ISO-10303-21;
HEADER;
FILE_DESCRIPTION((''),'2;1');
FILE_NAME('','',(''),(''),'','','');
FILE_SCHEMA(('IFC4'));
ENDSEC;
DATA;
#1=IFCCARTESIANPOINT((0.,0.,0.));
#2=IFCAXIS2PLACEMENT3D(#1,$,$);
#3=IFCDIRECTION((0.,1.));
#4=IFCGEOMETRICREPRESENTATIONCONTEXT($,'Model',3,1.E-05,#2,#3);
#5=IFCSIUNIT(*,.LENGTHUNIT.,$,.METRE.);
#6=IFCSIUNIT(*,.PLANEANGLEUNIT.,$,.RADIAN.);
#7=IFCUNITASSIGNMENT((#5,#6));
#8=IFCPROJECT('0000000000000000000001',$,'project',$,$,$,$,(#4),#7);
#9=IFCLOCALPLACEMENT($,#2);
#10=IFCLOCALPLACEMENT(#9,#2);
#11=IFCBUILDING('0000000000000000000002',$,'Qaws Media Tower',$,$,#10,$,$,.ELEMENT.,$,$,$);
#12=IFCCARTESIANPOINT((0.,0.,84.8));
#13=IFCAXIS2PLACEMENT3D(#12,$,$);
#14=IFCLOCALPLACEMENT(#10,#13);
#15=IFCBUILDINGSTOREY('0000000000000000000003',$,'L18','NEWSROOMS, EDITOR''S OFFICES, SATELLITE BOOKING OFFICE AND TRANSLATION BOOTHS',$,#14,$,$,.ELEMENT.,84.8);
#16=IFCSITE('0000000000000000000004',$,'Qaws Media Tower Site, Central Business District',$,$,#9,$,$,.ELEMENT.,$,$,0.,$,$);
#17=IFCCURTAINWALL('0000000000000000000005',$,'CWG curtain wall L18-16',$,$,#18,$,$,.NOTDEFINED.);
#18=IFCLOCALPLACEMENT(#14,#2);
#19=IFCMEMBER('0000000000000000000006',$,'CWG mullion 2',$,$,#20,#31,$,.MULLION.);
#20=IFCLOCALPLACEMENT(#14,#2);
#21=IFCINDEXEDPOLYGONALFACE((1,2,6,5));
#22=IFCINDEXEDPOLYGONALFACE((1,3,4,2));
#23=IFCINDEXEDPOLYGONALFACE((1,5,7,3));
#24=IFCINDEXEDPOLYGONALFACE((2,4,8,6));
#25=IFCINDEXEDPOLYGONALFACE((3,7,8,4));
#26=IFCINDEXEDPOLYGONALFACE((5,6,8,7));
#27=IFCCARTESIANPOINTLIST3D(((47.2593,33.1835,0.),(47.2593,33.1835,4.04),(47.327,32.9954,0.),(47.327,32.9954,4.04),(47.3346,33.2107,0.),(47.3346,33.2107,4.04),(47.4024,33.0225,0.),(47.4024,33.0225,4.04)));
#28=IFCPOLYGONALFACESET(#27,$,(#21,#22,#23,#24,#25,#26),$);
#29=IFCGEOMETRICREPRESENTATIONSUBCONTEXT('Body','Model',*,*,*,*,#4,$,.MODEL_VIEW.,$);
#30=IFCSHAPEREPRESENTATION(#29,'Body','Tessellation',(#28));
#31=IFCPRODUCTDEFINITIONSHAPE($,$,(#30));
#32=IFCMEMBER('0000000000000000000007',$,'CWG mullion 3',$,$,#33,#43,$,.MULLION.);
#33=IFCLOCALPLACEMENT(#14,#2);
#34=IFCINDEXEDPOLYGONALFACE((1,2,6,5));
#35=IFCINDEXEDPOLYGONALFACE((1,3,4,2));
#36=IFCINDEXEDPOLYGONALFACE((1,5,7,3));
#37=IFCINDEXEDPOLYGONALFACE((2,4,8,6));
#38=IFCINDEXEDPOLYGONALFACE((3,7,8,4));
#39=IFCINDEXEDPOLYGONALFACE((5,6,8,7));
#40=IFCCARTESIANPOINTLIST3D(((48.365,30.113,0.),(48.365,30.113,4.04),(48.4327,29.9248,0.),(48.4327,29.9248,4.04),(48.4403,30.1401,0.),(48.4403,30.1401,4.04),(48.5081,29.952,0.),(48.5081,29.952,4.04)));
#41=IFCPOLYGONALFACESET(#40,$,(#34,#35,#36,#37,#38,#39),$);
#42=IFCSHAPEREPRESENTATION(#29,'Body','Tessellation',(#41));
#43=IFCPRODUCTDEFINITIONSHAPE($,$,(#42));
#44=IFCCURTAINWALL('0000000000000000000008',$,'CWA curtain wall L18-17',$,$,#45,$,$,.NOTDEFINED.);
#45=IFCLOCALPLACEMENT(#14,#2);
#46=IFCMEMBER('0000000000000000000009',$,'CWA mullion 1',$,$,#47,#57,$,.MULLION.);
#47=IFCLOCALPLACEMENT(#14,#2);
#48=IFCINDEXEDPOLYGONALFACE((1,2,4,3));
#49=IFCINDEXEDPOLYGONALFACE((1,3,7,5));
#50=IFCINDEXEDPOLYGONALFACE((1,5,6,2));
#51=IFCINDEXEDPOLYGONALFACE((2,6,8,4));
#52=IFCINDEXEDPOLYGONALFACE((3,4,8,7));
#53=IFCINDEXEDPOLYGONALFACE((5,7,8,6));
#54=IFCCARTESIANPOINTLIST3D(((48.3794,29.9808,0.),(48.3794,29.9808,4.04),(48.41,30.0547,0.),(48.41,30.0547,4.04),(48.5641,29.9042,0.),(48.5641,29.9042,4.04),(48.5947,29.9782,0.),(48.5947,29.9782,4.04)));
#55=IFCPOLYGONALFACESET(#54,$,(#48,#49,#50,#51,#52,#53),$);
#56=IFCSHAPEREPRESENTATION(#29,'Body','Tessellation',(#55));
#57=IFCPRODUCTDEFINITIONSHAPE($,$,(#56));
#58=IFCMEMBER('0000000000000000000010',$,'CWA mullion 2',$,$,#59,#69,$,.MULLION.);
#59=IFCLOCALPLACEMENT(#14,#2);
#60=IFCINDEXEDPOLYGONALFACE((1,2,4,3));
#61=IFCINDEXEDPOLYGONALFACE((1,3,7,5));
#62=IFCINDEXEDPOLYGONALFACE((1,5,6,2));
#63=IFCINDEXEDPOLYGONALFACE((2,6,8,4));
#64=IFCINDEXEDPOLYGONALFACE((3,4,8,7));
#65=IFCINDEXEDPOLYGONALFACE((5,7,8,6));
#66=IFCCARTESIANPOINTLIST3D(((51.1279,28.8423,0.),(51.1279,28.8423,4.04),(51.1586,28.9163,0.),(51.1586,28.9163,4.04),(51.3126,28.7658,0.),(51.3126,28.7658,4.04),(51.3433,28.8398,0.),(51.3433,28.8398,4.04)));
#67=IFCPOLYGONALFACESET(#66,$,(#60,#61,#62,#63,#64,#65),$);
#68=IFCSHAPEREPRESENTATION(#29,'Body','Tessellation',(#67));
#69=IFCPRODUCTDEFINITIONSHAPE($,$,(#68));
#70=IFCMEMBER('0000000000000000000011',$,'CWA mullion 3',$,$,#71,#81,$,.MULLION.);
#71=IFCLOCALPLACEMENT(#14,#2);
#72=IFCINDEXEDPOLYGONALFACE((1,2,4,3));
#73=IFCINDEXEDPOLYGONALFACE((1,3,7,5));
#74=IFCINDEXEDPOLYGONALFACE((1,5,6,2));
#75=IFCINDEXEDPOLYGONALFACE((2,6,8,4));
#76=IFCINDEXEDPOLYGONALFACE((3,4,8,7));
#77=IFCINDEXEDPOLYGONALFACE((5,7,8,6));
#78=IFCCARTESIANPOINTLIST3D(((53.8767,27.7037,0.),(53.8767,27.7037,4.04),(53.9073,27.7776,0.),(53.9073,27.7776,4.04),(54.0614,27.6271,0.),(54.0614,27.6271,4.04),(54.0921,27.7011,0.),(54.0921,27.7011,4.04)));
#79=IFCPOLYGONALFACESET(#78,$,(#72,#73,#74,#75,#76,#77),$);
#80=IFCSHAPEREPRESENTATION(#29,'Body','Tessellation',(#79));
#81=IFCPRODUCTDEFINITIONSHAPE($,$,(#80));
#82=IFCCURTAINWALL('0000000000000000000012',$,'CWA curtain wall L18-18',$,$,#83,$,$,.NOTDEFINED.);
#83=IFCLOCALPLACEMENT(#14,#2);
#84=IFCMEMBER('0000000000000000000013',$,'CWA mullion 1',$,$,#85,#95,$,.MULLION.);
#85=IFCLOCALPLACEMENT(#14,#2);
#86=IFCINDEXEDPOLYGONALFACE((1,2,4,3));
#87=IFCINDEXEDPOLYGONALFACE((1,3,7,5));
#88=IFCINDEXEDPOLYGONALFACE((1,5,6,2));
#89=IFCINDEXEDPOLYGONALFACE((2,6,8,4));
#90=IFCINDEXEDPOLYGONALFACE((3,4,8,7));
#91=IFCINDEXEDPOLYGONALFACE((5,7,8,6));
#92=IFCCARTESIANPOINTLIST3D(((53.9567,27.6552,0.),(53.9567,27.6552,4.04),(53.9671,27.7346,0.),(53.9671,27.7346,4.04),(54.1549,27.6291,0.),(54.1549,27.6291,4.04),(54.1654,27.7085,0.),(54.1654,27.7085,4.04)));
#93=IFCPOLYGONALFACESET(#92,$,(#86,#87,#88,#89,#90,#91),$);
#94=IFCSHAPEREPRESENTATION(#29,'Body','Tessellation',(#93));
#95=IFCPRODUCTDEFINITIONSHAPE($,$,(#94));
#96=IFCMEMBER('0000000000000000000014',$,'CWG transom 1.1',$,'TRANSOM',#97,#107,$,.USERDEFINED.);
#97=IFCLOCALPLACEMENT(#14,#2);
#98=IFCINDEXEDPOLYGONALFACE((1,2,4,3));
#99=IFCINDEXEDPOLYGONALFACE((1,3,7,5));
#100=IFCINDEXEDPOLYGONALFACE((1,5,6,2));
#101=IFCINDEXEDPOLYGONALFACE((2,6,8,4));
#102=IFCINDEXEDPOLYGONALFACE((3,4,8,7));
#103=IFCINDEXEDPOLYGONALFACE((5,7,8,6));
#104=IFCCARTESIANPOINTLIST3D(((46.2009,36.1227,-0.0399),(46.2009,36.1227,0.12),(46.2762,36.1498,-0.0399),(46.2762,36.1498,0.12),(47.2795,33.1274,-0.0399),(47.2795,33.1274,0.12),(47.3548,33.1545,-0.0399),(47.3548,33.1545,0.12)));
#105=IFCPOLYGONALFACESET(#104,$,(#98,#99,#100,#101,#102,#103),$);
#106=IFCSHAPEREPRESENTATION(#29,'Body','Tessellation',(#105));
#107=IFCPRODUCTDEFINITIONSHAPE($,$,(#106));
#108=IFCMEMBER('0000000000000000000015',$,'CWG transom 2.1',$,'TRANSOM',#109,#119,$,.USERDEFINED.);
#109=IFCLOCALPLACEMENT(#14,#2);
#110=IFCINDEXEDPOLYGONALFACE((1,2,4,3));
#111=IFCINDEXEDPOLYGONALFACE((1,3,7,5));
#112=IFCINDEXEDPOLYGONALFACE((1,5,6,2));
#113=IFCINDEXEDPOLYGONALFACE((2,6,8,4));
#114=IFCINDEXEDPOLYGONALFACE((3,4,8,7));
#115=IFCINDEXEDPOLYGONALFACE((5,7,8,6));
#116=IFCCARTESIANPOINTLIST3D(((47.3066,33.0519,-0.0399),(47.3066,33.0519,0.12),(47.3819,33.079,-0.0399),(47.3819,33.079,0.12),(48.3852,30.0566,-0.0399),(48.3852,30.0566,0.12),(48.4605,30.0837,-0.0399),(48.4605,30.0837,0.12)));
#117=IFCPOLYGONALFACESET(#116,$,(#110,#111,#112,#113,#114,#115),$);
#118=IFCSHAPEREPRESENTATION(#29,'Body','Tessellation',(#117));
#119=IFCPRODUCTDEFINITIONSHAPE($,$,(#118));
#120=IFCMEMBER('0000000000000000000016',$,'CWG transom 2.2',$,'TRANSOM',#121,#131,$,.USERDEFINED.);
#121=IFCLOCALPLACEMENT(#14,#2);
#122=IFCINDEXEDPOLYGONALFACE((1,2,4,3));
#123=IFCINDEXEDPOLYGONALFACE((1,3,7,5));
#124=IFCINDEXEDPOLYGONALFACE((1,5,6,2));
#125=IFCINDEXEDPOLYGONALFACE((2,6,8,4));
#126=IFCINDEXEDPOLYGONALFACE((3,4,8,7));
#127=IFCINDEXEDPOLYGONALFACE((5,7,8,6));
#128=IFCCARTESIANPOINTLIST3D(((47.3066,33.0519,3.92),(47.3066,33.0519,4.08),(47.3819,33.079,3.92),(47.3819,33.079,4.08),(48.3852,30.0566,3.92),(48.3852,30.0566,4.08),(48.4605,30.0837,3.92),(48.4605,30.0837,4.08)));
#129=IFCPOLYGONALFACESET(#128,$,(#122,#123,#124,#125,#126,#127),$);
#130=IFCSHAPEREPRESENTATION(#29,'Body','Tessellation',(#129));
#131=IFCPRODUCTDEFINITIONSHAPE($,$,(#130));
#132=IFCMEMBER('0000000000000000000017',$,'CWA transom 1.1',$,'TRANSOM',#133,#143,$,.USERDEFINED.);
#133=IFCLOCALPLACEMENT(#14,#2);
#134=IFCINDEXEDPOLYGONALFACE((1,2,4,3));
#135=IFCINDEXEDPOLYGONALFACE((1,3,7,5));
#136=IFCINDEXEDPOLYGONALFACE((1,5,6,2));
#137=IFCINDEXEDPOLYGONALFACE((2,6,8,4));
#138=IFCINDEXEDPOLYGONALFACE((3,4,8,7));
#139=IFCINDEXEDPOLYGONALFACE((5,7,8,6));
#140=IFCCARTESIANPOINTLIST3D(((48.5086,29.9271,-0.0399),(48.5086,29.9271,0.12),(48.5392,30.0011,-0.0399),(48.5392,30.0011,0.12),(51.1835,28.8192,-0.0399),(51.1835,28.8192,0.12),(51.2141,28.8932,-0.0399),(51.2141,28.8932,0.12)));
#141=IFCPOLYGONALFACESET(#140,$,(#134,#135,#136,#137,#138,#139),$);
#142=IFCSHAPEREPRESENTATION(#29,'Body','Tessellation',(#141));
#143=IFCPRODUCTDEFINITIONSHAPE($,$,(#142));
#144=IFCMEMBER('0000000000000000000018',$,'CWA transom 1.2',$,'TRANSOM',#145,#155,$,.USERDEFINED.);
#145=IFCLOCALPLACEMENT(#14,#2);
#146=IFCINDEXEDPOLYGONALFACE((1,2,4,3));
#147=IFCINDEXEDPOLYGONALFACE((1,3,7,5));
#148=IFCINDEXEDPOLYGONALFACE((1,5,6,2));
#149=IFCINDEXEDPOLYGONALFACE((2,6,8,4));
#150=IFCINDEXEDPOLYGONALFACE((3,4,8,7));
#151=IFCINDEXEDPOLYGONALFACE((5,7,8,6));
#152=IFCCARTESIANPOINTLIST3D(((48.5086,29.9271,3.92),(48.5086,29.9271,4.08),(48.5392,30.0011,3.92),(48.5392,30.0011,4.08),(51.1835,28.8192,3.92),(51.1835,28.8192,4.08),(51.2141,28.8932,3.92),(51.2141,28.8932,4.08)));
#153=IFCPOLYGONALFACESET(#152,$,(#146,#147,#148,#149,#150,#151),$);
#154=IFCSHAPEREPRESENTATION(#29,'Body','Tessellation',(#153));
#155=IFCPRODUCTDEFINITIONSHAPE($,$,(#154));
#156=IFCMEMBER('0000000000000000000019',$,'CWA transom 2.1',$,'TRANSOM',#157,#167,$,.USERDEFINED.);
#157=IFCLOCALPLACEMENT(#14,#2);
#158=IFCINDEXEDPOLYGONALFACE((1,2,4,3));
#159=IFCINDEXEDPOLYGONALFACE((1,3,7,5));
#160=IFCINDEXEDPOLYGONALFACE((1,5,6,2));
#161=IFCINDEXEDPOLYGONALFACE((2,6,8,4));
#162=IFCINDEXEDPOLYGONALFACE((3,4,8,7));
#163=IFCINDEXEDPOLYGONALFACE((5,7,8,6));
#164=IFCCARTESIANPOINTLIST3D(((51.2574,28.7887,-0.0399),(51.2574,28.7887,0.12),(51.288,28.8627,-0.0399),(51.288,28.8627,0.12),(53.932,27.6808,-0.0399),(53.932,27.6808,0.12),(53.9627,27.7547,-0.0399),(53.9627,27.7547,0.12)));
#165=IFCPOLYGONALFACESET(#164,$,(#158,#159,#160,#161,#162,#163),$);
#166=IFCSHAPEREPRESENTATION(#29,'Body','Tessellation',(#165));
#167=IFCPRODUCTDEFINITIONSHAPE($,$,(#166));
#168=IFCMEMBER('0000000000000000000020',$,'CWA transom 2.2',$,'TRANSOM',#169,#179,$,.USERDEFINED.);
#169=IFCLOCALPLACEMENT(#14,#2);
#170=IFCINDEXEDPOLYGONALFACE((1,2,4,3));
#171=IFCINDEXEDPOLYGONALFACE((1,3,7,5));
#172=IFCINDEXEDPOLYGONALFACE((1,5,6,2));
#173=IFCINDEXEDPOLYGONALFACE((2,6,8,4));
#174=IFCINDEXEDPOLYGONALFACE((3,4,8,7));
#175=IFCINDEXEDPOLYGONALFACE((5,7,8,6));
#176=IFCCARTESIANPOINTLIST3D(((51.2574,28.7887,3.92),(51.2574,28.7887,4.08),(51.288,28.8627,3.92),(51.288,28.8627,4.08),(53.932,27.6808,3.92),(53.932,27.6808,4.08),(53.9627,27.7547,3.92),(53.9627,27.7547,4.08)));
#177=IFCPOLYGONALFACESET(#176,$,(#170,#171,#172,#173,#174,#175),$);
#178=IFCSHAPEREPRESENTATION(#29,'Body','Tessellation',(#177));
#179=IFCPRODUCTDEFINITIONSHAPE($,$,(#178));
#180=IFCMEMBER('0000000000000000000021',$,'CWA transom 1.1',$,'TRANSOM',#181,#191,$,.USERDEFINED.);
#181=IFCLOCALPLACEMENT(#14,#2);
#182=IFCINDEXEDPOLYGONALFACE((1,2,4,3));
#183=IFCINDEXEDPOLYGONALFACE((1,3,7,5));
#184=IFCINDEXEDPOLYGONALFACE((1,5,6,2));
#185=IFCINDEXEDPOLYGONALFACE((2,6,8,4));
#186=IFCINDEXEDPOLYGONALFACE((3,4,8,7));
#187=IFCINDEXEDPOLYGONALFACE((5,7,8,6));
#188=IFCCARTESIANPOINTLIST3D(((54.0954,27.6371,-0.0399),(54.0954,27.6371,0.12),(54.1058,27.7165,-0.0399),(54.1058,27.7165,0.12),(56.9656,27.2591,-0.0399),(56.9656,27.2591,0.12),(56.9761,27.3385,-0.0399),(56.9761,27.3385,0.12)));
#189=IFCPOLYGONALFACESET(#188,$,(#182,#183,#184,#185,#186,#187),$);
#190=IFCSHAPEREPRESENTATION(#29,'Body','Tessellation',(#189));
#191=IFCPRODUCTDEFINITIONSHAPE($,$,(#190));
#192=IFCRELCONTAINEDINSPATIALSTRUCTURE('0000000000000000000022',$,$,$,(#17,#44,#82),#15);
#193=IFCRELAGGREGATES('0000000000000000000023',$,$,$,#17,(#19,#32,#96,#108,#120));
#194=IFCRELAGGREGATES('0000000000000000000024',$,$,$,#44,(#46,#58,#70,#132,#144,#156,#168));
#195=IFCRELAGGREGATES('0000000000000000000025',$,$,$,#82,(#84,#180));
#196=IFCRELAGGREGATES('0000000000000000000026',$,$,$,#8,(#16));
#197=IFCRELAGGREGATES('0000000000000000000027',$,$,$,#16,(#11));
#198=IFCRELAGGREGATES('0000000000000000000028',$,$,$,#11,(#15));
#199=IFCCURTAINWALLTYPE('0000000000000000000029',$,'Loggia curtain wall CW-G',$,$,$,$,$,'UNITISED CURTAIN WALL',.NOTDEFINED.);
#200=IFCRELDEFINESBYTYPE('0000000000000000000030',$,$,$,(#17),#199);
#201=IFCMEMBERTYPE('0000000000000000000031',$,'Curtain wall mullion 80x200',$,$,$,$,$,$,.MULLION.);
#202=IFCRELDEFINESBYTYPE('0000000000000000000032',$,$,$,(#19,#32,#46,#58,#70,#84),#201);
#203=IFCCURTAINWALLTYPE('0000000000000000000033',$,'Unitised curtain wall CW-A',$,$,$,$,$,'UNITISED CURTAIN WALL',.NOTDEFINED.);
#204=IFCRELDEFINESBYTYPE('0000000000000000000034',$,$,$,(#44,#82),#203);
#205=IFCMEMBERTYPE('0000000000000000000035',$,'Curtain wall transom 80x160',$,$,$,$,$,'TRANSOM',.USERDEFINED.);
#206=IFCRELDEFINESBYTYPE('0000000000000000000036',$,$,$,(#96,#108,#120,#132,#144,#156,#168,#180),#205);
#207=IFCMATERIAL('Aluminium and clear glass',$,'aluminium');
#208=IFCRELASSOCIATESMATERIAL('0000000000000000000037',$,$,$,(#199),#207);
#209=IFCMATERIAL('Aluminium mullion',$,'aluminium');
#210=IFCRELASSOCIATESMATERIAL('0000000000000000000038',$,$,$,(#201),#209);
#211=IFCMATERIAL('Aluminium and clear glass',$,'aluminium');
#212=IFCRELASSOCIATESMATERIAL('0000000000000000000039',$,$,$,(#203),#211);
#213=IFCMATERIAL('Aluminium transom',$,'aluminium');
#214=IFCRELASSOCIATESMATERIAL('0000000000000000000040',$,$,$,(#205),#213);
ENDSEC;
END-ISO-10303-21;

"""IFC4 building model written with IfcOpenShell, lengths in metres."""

from ifc_helpers import new_model, si_unit, direction, frame, origin, origin_2d, place, context, subcontext, project, spatial, rectangle, extrude, material, material_profile, profile_set, type_object, element, aggregate, save


model = new_model("IFC4")

# Units and contexts
model_context = context("Model", 3, precision=1e-05, world=origin(), true_north=direction((0.0, 1.0)))
body_context = subcontext(model_context, "Body", "Model", "MODEL_VIEW")
ifc_project = project(units=[si_unit("LENGTHUNIT", "METRE"), si_unit("PLANEANGLEUNIT", "RADIAN")], contexts=[model_context])

# Site, building, storey
site_placement = place(None, origin())
site = spatial("IfcSite", under=ifc_project, at=site_placement, Name="Qaws Media Tower Site, Central Business District", CompositionType="ELEMENT", RefElevation=0.0)
building_placement = place(site_placement, origin())
building = spatial("IfcBuilding", under=site, at=building_placement, Name="Qaws Media Tower", CompositionType="ELEMENT")
storey_placement = place(building_placement, frame((0.0, 0.0, 84.8)))
storey = spatial("IfcBuildingStorey", under=building, at=storey_placement, Name="L18", Description="NEWSROOMS, EDITOR'S OFFICES, SATELLITE BOOKING OFFICE AND TRANSLATION BOOTHS", CompositionType="ELEMENT", Elevation=84.8)

# Curtain walls, members
ifc_material_1 = material(Name="Aluminium and clear glass", Category="aluminium")
curtain_wall_type_1 = type_object("IfcCurtainWallType", Name="Loggia curtain wall CW-G", ElementType="UNITISED CURTAIN WALL", PredefinedType="NOTDEFINED", material=ifc_material_1)
curtain_wall_1_placement = place(storey_placement, origin())
curtain_wall_1 = element("IfcCurtainWall", 1, at=curtain_wall_1_placement, inside=storey, type_object=curtain_wall_type_1, Name="CWG curtain wall L18-16", PredefinedType="NOTDEFINED")
ifc_material_2 = material(Name="Aluminium mullion", Category="aluminium")
ifc_material_profile_1 = material_profile(ifc_material_2, rectangle(XDim=0.0801, YDim=0.2, at=origin_2d()), Name="80x200")
ifc_profile_set_1 = profile_set([ifc_material_profile_1], Name="Aluminium mullion")
member_type_1 = type_object("IfcMemberType", Name="Curtain wall mullion 80x200", PredefinedType="MULLION", material=ifc_profile_set_1)
member_1_placement = place(storey_placement, frame((47.3308, 33.103, 0.0), z_axis=(0.0, 0.0, 1.0), x_axis=(0.940858, 0.3388, 0.0)))
member_1 = element("IfcMember", 2, at=member_1_placement, type_object=member_type_1, Name="CWG mullion 2", PredefinedType="MULLION", context=body_context, shape_type="SweptSolid", body=[
    extrude(rectangle(XDim=0.0801, YDim=0.2, at=origin_2d()), origin(), (0.0, 0.0, 1.0), 4.04),
])
member_2_placement = place(storey_placement, frame((48.4365, 30.0325, 0.0), z_axis=(0.0, 0.0, 1.0), x_axis=(0.940858, 0.3388, 0.0)))
member_2 = element("IfcMember", 3, at=member_2_placement, type_object=member_type_1, Name="CWG mullion 3", PredefinedType="MULLION", context=body_context, shape_type="SweptSolid", body=[
    extrude(rectangle(XDim=0.0801, YDim=0.2, at=origin_2d()), origin(), (0.0, 0.0, 1.0), 4.04),
])
ifc_material_3 = material(Name="Aluminium and clear glass", Category="aluminium")
curtain_wall_type_2 = type_object("IfcCurtainWallType", Name="Unitised curtain wall CW-A", ElementType="UNITISED CURTAIN WALL", PredefinedType="NOTDEFINED", material=ifc_material_3)
curtain_wall_2_placement = place(storey_placement, origin())
curtain_wall_2 = element("IfcCurtainWall", 4, at=curtain_wall_2_placement, inside=storey, type_object=curtain_wall_type_2, Name="CWA curtain wall L18-17", PredefinedType="NOTDEFINED")
member_3_placement = place(storey_placement, frame((48.4871, 29.9795, 0.0), z_axis=(0.0, 0.0, 1.0), x_axis=(0.382683, 0.92388, 0.0)))
member_3 = element("IfcMember", 5, at=member_3_placement, type_object=member_type_1, Name="CWA mullion 1", PredefinedType="MULLION", context=body_context, shape_type="SweptSolid", body=[
    extrude(rectangle(XDim=0.0801, YDim=0.2, at=origin_2d()), origin(), (0.0, 0.0, 1.0), 4.04),
])
member_4_placement = place(storey_placement, frame((51.2356, 28.8411, 0.0), z_axis=(0.0, 0.0, 1.0), x_axis=(0.382683, 0.92388, 0.0)))
member_4 = element("IfcMember", 6, at=member_4_placement, type_object=member_type_1, Name="CWA mullion 2", PredefinedType="MULLION", context=body_context, shape_type="SweptSolid", body=[
    extrude(rectangle(XDim=0.0801, YDim=0.2, at=origin_2d()), origin(), (0.0, 0.0, 1.0), 4.04),
])
member_5_placement = place(storey_placement, frame((53.9844, 27.7024, 0.0), z_axis=(0.0, 0.0, 1.0), x_axis=(0.382683, 0.92388, 0.0)))
member_5 = element("IfcMember", 7, at=member_5_placement, type_object=member_type_1, Name="CWA mullion 3", PredefinedType="MULLION", context=body_context, shape_type="SweptSolid", body=[
    extrude(rectangle(XDim=0.0801, YDim=0.2, at=origin_2d()), origin(), (0.0, 0.0, 1.0), 4.04),
])

# Curtain wall, member
curtain_wall_3_placement = place(storey_placement, origin())
curtain_wall_3 = element("IfcCurtainWall", 8, at=curtain_wall_3_placement, inside=storey, type_object=curtain_wall_type_2, Name="CWA curtain wall L18-18", PredefinedType="NOTDEFINED")
member_6_placement = place(storey_placement, frame((54.061, 27.6819, 0.0), z_axis=(0.0, 0.0, 1.0), x_axis=(0.130526, 0.991445, 0.0)))
member_6 = element("IfcMember", 9, at=member_6_placement, type_object=member_type_1, Name="CWA mullion 1", PredefinedType="MULLION", context=body_context, shape_type="SweptSolid", body=[
    extrude(rectangle(XDim=0.0801, YDim=0.2, at=origin_2d()), origin(), (0.0, 0.0, 1.0), 4.04),
])

# Members
ifc_material_4 = material(Name="Aluminium transom", Category="aluminium")
ifc_material_profile_2 = material_profile(ifc_material_4, rectangle(XDim=0.0801, YDim=0.1599, at=origin_2d()), Name="80x160")
ifc_profile_set_2 = profile_set([ifc_material_profile_2], Name="Aluminium transom")
member_type_2 = type_object("IfcMemberType", Name="Curtain wall transom 80x160", ElementType="TRANSOM", PredefinedType="USERDEFINED", material=ifc_profile_set_2)
member_7_placement = place(storey_placement, frame((46.2385, 36.1362, 0.04), z_axis=(0.338798, -0.940859, 0.0), x_axis=(0.940859, 0.338798, 0.0)))
member_7 = element("IfcMember", 10, at=member_7_placement, type_object=member_type_2, Name="CWG transom 1.1", ObjectType="TRANSOM", PredefinedType="USERDEFINED", context=body_context, shape_type="SweptSolid", body=[
    extrude(rectangle(XDim=0.0801, YDim=0.1599, at=origin_2d()), origin(), (0.0, 0.0, 1.0), 3.1836),
])
member_8_placement = place(storey_placement, frame((47.3442, 33.0654, 0.04), z_axis=(0.338798, -0.940859, 0.0), x_axis=(0.940859, 0.338798, 0.0)))
member_8 = element("IfcMember", 11, at=member_8_placement, type_object=member_type_2, Name="CWG transom 2.1", ObjectType="TRANSOM", PredefinedType="USERDEFINED", context=body_context, shape_type="SweptSolid", body=[
    extrude(rectangle(XDim=0.0801, YDim=0.1599, at=origin_2d()), origin(), (0.0, 0.0, 1.0), 3.1836),
])
member_9_placement = place(storey_placement, frame((47.3442, 33.0654, 4.0), z_axis=(0.338798, -0.940859, 0.0), x_axis=(0.940859, 0.338798, 0.0)))
member_9 = element("IfcMember", 12, at=member_9_placement, type_object=member_type_2, Name="CWG transom 2.2", ObjectType="TRANSOM", PredefinedType="USERDEFINED", context=body_context, shape_type="SweptSolid", body=[
    extrude(rectangle(XDim=0.0801, YDim=0.1599, at=origin_2d()), origin(), (0.0, 0.0, 1.0), 3.1836),
])
member_10_placement = place(storey_placement, frame((48.5239, 29.9641, 0.04), z_axis=(0.923883, -0.382675, 0.0), x_axis=(0.382675, 0.923883, 0.0)))
member_10 = element("IfcMember", 13, at=member_10_placement, type_object=member_type_2, Name="CWA transom 1.1", ObjectType="TRANSOM", PredefinedType="USERDEFINED", context=body_context, shape_type="SweptSolid", body=[
    extrude(rectangle(XDim=0.0801, YDim=0.1599, at=origin_2d()), origin(), (0.0, 0.0, 1.0), 2.8953),
])
member_11_placement = place(storey_placement, frame((48.5239, 29.9641, 4.0), z_axis=(0.923883, -0.382675, 0.0), x_axis=(0.382675, 0.923883, 0.0)))
member_11 = element("IfcMember", 14, at=member_11_placement, type_object=member_type_2, Name="CWA transom 1.2", ObjectType="TRANSOM", PredefinedType="USERDEFINED", context=body_context, shape_type="SweptSolid", body=[
    extrude(rectangle(XDim=0.0801, YDim=0.1599, at=origin_2d()), origin(), (0.0, 0.0, 1.0), 2.8953),
])
member_12_placement = place(storey_placement, frame((51.2727, 28.8257, 0.04), z_axis=(0.923871, -0.382704, 0.0), x_axis=(0.382704, 0.923871, 0.0)))
member_12 = element("IfcMember", 15, at=member_12_placement, type_object=member_type_2, Name="CWA transom 2.1", ObjectType="TRANSOM", PredefinedType="USERDEFINED", context=body_context, shape_type="SweptSolid", body=[
    extrude(rectangle(XDim=0.0801, YDim=0.1599, at=origin_2d()), origin(), (0.0, 0.0, 1.0), 2.895),
])
member_13_placement = place(storey_placement, frame((51.2727, 28.8257, 4.0), z_axis=(0.923871, -0.382704, 0.0), x_axis=(0.382704, 0.923871, 0.0)))
member_13 = element("IfcMember", 16, at=member_13_placement, type_object=member_type_2, Name="CWA transom 2.2", ObjectType="TRANSOM", PredefinedType="USERDEFINED", context=body_context, shape_type="SweptSolid", body=[
    extrude(rectangle(XDim=0.0801, YDim=0.1599, at=origin_2d()), origin(), (0.0, 0.0, 1.0), 2.895),
])
member_14_placement = place(storey_placement, frame((54.1006, 27.6768, 0.04), z_axis=(0.991443, -0.13054, 0.0), x_axis=(0.13054, 0.991443, 0.0)))
member_14 = element("IfcMember", 17, at=member_14_placement, type_object=member_type_2, Name="CWA transom 1.1", ObjectType="TRANSOM", PredefinedType="USERDEFINED", context=body_context, shape_type="SweptSolid", body=[
    extrude(rectangle(XDim=0.0801, YDim=0.1599, at=origin_2d()), origin(), (0.0, 0.0, 1.0), 2.895),
])

aggregate(curtain_wall_1, [member_1, member_2, member_7, member_8, member_9])
aggregate(curtain_wall_2, [member_3, member_4, member_5, member_10, member_11, member_12, member_13])
aggregate(curtain_wall_3, [member_6, member_14])

save(model, "model.ifc")
